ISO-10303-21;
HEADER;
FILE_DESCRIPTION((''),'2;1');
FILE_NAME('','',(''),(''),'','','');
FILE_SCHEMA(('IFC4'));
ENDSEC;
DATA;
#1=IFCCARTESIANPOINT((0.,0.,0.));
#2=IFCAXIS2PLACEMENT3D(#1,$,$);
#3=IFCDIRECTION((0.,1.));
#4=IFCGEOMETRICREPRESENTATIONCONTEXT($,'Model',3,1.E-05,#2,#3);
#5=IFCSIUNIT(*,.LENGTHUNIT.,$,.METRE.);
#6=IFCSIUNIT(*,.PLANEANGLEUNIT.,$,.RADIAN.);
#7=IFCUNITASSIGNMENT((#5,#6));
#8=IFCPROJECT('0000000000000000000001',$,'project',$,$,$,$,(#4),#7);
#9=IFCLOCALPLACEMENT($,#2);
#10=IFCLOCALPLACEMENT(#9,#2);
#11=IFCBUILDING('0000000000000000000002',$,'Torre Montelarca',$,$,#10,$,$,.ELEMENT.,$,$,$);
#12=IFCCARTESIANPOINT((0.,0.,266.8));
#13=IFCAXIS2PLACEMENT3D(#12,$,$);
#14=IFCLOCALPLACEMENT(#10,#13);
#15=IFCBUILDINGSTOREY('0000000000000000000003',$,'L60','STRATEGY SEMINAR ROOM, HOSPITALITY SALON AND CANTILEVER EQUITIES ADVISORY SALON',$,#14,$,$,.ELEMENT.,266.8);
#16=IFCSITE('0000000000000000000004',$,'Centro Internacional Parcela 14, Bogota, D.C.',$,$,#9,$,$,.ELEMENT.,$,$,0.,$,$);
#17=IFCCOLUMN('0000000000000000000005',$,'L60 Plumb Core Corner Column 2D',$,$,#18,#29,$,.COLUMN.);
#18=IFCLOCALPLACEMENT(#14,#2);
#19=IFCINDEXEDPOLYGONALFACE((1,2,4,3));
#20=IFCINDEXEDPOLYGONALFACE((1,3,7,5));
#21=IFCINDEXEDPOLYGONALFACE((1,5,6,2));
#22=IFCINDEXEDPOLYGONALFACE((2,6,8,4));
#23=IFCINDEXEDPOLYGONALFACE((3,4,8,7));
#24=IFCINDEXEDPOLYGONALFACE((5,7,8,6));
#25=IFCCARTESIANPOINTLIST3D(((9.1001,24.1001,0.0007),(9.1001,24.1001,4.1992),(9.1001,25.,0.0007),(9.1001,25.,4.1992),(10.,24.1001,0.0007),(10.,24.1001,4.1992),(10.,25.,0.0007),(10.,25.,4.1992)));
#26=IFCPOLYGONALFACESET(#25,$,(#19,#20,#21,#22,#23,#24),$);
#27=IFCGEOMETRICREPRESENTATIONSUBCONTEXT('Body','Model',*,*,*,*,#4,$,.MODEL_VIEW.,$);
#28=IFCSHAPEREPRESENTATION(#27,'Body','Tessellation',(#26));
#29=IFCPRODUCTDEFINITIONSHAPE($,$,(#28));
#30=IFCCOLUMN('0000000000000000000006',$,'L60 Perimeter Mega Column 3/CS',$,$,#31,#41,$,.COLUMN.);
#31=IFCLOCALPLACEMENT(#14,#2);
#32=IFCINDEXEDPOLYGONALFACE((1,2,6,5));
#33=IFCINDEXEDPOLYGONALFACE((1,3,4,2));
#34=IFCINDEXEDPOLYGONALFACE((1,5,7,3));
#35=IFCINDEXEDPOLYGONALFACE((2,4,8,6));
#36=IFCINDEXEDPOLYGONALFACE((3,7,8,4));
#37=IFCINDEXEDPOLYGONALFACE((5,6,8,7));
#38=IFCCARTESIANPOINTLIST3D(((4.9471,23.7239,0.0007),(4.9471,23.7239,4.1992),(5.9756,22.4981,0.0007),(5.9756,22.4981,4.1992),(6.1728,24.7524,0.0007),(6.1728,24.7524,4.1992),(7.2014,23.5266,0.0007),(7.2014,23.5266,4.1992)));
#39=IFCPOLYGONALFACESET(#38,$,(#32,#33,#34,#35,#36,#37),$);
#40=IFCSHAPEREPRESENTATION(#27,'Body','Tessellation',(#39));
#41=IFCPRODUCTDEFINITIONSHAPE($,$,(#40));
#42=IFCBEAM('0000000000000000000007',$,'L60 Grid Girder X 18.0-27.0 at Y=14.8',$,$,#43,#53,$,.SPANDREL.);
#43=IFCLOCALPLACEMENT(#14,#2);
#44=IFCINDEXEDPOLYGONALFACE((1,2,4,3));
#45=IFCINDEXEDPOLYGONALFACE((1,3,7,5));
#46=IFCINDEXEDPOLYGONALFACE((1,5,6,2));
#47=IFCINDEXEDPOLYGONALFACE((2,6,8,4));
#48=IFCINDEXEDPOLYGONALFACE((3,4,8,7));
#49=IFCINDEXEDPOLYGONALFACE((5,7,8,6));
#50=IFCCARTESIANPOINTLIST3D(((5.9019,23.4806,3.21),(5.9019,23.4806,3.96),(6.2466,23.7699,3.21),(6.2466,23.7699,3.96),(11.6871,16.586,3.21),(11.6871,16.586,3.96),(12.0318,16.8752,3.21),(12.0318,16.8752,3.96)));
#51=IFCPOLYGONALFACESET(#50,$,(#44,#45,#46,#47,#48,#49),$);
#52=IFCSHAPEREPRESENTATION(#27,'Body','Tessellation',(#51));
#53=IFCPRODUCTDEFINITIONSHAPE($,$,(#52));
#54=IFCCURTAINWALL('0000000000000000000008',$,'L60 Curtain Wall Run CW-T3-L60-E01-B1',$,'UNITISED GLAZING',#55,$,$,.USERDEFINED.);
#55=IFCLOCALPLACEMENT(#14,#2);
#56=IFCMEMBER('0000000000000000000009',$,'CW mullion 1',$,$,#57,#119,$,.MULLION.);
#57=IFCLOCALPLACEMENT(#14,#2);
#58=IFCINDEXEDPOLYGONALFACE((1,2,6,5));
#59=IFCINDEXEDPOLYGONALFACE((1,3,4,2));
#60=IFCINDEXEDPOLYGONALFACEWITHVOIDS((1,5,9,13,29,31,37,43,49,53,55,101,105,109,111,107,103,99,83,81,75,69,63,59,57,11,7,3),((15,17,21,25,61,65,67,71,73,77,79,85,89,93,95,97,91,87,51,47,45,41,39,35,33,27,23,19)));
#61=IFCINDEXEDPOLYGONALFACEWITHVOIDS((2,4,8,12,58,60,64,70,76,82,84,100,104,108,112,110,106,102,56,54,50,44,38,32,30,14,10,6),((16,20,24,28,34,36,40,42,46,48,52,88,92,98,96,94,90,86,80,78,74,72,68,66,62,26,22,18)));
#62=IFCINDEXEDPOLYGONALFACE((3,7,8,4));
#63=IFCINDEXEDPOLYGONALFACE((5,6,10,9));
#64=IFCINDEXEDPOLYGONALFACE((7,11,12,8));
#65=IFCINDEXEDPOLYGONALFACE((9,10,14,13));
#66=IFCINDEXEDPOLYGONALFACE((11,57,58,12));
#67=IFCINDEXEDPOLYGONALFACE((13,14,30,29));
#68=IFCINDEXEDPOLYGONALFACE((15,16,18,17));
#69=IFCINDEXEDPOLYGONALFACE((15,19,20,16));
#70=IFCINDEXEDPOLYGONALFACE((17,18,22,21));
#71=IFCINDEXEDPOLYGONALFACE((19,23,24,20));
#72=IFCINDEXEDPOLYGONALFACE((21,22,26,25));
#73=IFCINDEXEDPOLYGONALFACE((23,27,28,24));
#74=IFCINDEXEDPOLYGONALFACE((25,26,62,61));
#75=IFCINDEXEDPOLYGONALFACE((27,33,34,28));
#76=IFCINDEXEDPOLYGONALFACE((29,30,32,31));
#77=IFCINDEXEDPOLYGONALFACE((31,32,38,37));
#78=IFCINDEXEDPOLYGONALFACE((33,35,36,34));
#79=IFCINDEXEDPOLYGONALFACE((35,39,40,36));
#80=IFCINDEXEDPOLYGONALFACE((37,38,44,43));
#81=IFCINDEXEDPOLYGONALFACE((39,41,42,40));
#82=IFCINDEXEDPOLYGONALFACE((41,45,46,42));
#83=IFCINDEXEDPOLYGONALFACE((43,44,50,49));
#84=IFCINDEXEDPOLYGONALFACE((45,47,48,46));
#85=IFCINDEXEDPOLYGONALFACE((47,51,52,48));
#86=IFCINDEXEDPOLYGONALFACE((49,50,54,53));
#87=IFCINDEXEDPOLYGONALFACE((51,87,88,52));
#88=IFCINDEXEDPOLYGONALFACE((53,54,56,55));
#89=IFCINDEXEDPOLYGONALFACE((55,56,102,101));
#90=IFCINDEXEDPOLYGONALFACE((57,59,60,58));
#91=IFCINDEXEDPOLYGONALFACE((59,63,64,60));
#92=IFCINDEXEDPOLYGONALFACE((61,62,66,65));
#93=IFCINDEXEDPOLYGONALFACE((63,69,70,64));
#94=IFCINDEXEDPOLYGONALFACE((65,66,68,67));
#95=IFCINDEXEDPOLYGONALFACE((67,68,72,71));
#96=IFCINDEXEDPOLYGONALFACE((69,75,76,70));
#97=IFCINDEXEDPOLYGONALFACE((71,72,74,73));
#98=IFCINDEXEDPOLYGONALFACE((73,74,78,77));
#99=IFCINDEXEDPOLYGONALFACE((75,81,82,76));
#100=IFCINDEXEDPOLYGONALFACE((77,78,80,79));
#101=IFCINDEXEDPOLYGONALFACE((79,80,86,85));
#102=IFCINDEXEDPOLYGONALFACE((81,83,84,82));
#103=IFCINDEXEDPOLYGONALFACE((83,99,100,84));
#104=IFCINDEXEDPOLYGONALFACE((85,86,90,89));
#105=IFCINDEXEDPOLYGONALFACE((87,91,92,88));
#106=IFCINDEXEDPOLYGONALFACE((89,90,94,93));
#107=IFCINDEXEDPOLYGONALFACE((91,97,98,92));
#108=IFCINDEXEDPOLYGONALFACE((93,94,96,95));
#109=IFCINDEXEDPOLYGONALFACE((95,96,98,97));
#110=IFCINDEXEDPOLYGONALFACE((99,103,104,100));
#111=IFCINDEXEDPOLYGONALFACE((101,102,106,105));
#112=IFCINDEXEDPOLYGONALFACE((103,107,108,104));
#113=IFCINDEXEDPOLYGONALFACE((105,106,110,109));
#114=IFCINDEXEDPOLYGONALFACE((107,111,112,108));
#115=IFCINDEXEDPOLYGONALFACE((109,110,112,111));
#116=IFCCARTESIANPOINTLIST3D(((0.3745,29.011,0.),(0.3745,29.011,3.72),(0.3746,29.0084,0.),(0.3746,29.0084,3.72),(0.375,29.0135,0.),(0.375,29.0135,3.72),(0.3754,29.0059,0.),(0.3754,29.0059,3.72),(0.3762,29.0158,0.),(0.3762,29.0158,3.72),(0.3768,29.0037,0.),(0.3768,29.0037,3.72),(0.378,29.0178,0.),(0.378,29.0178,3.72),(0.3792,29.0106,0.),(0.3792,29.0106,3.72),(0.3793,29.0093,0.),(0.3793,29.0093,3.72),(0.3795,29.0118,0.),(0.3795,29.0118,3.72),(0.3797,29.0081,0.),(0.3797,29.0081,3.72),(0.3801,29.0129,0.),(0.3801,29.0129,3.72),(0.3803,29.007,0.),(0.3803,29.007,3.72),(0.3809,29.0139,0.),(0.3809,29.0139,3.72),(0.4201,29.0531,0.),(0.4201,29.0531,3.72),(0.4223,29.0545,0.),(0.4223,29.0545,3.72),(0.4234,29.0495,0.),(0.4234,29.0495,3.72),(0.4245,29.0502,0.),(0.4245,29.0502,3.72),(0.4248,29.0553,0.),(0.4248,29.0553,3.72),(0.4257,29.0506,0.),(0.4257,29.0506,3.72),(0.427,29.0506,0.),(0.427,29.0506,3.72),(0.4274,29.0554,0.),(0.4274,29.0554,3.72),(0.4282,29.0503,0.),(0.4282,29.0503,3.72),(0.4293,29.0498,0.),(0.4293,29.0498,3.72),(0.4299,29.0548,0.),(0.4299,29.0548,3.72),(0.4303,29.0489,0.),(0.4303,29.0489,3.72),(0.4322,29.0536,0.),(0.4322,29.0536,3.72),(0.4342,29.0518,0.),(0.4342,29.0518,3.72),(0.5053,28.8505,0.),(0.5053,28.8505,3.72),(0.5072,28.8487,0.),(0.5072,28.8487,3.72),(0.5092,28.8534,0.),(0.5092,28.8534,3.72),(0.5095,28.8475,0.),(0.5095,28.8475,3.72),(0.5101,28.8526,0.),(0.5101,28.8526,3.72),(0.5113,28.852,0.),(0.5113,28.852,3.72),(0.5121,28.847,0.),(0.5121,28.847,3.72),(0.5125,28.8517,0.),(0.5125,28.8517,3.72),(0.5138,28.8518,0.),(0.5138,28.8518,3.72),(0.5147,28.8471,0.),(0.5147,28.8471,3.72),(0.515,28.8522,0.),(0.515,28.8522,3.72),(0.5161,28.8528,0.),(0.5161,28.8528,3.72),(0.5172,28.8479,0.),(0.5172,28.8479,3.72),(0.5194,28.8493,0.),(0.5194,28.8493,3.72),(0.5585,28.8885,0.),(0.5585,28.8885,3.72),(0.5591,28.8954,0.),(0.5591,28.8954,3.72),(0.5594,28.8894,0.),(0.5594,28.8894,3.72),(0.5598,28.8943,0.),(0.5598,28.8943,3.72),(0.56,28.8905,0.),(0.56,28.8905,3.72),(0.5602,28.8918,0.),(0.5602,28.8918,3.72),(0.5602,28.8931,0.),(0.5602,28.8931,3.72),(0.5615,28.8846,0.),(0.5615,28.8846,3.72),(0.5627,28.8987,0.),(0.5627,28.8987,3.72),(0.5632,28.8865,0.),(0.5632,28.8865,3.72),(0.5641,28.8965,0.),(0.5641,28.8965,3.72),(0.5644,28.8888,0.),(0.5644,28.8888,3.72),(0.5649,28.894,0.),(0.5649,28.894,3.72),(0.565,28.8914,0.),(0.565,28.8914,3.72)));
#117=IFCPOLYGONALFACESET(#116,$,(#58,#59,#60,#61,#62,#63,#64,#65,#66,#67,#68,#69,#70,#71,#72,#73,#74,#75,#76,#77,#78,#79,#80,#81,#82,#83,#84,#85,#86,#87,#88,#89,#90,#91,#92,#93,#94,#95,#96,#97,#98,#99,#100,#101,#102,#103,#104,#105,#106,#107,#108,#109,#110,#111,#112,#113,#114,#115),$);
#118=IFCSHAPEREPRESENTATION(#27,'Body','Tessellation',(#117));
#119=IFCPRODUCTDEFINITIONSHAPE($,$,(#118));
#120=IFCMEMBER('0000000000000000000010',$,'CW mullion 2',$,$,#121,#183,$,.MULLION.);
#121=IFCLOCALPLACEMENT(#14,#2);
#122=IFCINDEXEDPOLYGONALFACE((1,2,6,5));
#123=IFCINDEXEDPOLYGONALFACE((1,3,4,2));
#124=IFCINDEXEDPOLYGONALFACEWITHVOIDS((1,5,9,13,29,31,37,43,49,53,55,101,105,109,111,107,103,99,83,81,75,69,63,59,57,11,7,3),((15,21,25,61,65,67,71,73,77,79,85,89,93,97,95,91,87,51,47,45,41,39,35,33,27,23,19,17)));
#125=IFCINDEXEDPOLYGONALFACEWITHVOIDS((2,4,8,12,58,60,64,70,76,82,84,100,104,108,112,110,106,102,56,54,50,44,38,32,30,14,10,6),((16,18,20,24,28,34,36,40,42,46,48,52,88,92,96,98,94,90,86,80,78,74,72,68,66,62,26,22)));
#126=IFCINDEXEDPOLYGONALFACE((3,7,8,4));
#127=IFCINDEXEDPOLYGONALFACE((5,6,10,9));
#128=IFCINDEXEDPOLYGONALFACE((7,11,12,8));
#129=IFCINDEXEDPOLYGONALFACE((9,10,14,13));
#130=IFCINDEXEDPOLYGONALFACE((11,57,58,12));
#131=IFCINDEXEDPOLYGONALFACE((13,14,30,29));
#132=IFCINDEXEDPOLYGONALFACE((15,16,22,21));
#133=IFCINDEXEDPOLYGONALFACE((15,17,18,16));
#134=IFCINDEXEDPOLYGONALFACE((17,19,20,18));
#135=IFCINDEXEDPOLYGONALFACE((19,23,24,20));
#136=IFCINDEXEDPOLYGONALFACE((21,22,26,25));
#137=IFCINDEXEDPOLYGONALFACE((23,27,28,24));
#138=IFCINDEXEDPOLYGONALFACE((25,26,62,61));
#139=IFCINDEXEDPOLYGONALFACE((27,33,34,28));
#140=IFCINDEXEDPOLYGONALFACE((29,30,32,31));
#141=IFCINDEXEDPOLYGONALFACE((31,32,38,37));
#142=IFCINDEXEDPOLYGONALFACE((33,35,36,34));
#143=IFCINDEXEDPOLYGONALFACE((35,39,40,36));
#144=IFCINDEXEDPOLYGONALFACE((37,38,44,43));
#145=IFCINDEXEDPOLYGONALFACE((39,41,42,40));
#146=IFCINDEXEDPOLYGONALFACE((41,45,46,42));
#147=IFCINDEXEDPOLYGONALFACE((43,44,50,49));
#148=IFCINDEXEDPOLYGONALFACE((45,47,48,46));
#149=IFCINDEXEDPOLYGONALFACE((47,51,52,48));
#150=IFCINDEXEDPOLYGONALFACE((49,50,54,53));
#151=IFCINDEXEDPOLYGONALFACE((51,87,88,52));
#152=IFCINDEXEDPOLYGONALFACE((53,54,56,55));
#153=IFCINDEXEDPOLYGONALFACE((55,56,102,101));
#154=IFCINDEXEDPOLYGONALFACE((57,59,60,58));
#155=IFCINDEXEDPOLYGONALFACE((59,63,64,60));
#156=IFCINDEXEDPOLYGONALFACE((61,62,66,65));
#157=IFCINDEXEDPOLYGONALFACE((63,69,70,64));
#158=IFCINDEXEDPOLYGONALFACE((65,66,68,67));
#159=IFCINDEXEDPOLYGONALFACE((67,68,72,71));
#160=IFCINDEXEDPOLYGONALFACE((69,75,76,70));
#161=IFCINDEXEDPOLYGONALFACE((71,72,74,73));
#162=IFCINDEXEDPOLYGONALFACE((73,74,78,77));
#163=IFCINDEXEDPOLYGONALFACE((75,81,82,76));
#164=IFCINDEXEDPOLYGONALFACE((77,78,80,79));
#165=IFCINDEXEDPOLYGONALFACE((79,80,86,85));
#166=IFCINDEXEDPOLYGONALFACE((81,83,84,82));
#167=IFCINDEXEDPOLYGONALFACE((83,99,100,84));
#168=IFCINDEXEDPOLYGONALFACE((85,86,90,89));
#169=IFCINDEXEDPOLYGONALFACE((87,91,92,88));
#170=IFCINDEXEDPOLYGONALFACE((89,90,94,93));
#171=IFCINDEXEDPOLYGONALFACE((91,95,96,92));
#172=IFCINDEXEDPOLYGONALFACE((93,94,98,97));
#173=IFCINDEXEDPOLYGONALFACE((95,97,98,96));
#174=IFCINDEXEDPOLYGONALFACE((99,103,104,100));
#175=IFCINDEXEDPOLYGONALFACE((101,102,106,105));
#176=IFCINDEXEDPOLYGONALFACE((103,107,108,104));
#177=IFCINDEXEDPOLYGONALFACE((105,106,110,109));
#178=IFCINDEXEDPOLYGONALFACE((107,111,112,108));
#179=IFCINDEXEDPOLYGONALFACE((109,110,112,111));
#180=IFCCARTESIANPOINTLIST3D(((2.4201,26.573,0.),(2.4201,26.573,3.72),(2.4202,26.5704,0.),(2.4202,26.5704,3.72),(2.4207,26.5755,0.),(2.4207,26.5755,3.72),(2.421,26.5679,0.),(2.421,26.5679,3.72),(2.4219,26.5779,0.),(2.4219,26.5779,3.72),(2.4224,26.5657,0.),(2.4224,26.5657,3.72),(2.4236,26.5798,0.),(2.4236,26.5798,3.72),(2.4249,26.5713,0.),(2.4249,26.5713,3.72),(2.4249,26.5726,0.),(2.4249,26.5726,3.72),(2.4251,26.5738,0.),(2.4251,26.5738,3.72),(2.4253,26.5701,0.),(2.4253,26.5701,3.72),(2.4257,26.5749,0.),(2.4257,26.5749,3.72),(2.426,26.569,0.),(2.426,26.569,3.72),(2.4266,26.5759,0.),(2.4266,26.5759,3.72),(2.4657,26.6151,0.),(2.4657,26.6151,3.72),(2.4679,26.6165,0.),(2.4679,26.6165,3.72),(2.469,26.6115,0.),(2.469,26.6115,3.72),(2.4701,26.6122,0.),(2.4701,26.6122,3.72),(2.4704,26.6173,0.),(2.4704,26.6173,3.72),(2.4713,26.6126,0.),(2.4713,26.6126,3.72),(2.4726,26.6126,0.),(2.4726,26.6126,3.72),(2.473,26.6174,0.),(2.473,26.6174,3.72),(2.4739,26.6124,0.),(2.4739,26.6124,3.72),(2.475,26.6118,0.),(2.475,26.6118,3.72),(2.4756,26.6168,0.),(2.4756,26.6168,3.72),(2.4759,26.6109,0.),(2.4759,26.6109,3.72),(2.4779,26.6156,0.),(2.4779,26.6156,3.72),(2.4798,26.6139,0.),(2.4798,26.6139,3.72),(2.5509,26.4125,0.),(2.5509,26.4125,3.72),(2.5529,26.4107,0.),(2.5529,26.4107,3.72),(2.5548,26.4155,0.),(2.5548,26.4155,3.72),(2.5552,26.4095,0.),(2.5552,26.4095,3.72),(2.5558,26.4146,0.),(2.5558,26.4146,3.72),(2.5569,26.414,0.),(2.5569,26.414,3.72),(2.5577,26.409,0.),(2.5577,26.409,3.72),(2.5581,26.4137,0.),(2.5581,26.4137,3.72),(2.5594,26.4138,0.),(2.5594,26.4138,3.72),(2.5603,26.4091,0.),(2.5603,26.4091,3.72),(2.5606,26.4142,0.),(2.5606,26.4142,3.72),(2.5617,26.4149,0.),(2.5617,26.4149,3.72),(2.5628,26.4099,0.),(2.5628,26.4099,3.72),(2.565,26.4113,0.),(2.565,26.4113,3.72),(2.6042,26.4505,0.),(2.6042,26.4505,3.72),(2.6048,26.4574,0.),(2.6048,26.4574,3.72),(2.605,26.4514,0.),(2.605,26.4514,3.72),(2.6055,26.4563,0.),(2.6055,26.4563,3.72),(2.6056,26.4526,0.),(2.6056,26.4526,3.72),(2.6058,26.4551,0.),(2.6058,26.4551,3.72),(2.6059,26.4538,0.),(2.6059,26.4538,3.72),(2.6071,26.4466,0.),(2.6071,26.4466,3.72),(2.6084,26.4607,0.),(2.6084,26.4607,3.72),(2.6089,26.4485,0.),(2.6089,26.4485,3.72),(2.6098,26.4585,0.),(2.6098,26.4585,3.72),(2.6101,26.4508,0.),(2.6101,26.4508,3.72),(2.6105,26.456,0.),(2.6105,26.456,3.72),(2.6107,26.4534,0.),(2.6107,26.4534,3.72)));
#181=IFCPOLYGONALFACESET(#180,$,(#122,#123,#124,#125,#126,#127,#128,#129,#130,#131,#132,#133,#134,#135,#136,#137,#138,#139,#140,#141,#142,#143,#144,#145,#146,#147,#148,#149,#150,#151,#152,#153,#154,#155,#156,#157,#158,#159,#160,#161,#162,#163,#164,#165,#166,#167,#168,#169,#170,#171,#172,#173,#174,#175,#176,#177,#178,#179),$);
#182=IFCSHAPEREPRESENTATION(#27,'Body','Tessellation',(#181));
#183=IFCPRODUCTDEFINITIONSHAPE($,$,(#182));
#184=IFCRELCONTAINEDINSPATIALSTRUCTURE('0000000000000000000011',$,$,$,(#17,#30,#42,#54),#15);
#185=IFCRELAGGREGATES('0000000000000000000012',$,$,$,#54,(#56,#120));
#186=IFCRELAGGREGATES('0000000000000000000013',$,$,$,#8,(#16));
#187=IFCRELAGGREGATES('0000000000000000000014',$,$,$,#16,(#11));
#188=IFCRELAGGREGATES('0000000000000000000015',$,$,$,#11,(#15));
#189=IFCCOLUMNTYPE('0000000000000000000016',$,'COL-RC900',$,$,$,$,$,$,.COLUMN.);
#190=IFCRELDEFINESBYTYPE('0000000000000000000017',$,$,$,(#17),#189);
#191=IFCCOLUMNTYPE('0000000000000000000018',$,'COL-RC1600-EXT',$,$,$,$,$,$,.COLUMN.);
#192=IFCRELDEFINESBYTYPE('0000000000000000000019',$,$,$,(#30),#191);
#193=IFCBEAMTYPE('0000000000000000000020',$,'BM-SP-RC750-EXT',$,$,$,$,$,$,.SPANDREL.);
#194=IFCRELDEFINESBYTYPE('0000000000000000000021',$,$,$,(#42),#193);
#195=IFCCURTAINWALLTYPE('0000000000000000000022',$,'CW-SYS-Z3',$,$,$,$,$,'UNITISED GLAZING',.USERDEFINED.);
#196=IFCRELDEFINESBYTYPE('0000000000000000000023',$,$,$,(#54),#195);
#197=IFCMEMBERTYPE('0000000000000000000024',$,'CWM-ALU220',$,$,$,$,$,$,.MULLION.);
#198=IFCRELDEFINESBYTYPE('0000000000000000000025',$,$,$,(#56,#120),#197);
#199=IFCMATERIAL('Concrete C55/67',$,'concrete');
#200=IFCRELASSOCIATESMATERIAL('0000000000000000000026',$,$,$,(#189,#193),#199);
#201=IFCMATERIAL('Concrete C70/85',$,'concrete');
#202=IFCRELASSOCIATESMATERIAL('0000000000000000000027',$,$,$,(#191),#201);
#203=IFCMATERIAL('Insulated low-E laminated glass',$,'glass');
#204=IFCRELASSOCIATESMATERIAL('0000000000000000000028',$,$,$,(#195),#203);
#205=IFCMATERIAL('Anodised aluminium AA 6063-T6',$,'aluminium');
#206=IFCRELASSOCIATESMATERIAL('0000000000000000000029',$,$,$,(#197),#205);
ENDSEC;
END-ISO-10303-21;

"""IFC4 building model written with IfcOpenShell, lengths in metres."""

from ifc_helpers import new_model, si_unit, direction, frame, origin, origin_2d, place, context, subcontext, project, spatial, rectangle, hollow_rectangle, extrude, source, transform, mapped, material, material_profile, profile_set, type_object, element, aggregate, save


model = new_model("IFC4")

# Units and contexts
model_context = context("Model", 3, precision=1e-05, world=origin(), true_north=direction((0.0, 1.0)))
body_context = subcontext(model_context, "Body", "Model", "MODEL_VIEW")
ifc_project = project(units=[si_unit("LENGTHUNIT", "METRE"), si_unit("PLANEANGLEUNIT", "RADIAN")], contexts=[model_context])

# Site, building, storey
site_placement = place(None, origin())
site = spatial("IfcSite", under=ifc_project, at=site_placement, Name="Centro Internacional Parcela 14, Bogota, D.C.", CompositionType="ELEMENT", RefElevation=0.0)
building_placement = place(site_placement, origin())
building = spatial("IfcBuilding", under=site, at=building_placement, Name="Torre Montelarca", CompositionType="ELEMENT")
storey_placement = place(building_placement, frame((0.0, 0.0, 266.8)))
storey = spatial("IfcBuildingStorey", under=building, at=storey_placement, Name="L60", Description="STRATEGY SEMINAR ROOM, HOSPITALITY SALON AND CANTILEVER EQUITIES ADVISORY SALON", CompositionType="ELEMENT", Elevation=266.8)

# Columns
ifc_material_1 = material(Name="Concrete C55/67", Category="concrete")
ifc_material_profile_1 = material_profile(ifc_material_1, rectangle(XDim=0.8999, YDim=0.8999, at=origin_2d()), Name="RC900X900", Category="concrete")
ifc_profile_set_1 = profile_set([ifc_material_profile_1], Name="Concrete C55/67")
column_type_1 = type_object("IfcColumnType", Name="COL-RC900", PredefinedType="COLUMN", material=ifc_profile_set_1)
shared_shape_1 = source(origin(), body_context, "Body", "SweptSolid", [
    extrude(rectangle(XDim=0.8999, YDim=0.8999, at=origin_2d()), origin(), (0.0, 0.0, 1.0), 4.1985),
])
column_1_placement = place(storey_placement, frame((9.55, 24.55, 0.0007), z_axis=(0.0, 0.0, 1.0), x_axis=(1.0, 0.0, 0.0)))
element("IfcColumn", 1, at=column_1_placement, inside=storey, type_object=column_type_1, Name="L60 Plumb Core Corner Column 2D", PredefinedType="COLUMN", context=body_context, shape_type="MappedRepresentation", body=[
    mapped(shared_shape_1, transform((0.0, 0.0, 0.0), scale=1.0)),
])
ifc_material_2 = material(Name="Concrete C70/85", Category="concrete")
ifc_material_profile_2 = material_profile(ifc_material_2, rectangle(XDim=1.6001, YDim=1.6001, at=origin_2d()), Name="RC1600X1600", Category="concrete")
ifc_profile_set_2 = profile_set([ifc_material_profile_2], Name="Concrete C70/85")
column_type_2 = type_object("IfcColumnType", Name="COL-RC1600-EXT", PredefinedType="COLUMN", material=ifc_profile_set_2)
shared_shape_2 = source(origin(), body_context, "Body", "SweptSolid", [
    extrude(rectangle(XDim=1.6001, YDim=1.6001, at=origin_2d()), origin(), (0.0, 0.0, 1.0), 4.1985),
])
column_2_placement = place(storey_placement, frame((6.0742, 23.6252, 0.0007), z_axis=(0.0, 0.0, 1.0), x_axis=(-0.642788, 0.766044, 0.0)))
element("IfcColumn", 2, at=column_2_placement, inside=storey, type_object=column_type_2, Name="L60 Perimeter Mega Column 3/CS", PredefinedType="COLUMN", context=body_context, shape_type="MappedRepresentation", body=[
    mapped(shared_shape_2, transform((0.0, 0.0, 0.0), scale=1.0)),
])

# Beam
ifc_material_profile_3 = material_profile(ifc_material_1, rectangle(XDim=0.45, YDim=0.75, at=origin_2d()), Name="RCB450X750", Category="concrete")
ifc_profile_set_3 = profile_set([ifc_material_profile_3], Name="Concrete C55/67")
beam_type = type_object("IfcBeamType", Name="BM-SP-RC750-EXT", PredefinedType="SPANDREL", material=ifc_profile_set_3)
shared_shape_3 = source(origin(), body_context, "Body", "SweptSolid", [
    extrude(rectangle(XDim=0.45, YDim=0.75, at=origin_2d()), origin(), (0.0, 0.0, 1.0), 9.0002),
])
beam_placement = place(storey_placement, frame((6.0742, 23.6252, 3.585), z_axis=(0.642785, -0.766047, 0.0), x_axis=(0.766047, 0.642785, 0.0)))
element("IfcBeam", 3, at=beam_placement, inside=storey, type_object=beam_type, Name="L60 Grid Girder X 18.0-27.0 at Y=14.8", PredefinedType="SPANDREL", context=body_context, shape_type="MappedRepresentation", body=[
    mapped(shared_shape_3, transform((0.0, 0.0, 0.0), scale=1.0)),
])

# Curtain wall, members
ifc_material_3 = material(Name="Insulated low-E laminated glass", Category="glass")
curtain_wall_type = type_object("IfcCurtainWallType", Name="CW-SYS-Z3", ElementType="UNITISED GLAZING", PredefinedType="USERDEFINED", material=ifc_material_3)
curtain_wall_1_placement = place(storey_placement, origin())
curtain_wall_1 = element("IfcCurtainWall", 4, at=curtain_wall_1_placement, inside=storey, type_object=curtain_wall_type, Name="L60 Curtain Wall Run CW-T3-L60-E01-B1", ObjectType="UNITISED GLAZING", PredefinedType="USERDEFINED")
ifc_material_4 = material(Name="Anodised aluminium AA 6063-T6", Category="aluminium")
ifc_material_profile_4 = material_profile(ifc_material_4, hollow_rectangle(XDim=0.075, YDim=0.22, WallThickness=0.0049, InnerFilletRadius=0.0049, OuterFilletRadius=0.01, at=origin_2d()), Name="ALU75X220X5", Category="aluminium")
ifc_profile_set_4 = profile_set([ifc_material_profile_4], Name="Anodised aluminium AA 6063-T6")
member_type_1 = type_object("IfcMemberType", Name="CWM-ALU220", PredefinedType="MULLION", material=ifc_profile_set_4)
shared_shape_4 = source(origin(), body_context, "Body", "SweptSolid", [
    extrude(hollow_rectangle(XDim=0.075, YDim=0.22, WallThickness=0.0049, InnerFilletRadius=0.0049, OuterFilletRadius=0.01, at=origin_2d()), origin(), (0.0, 0.0, 1.0), 3.72),
])
member_1_placement = place(storey_placement, frame((0.4697, 28.9512, 0.0), z_axis=(0.0, 0.0, 1.0), x_axis=(0.766039, 0.642794, 0.0)))
member_1 = element("IfcMember", 5, at=member_1_placement, type_object=member_type_1, Name="CW mullion 1", PredefinedType="MULLION", context=body_context, shape_type="MappedRepresentation", body=[
    mapped(shared_shape_4, transform((0.0, 0.0, 0.0), scale=1.0)),
])
member_2_placement = place(storey_placement, frame((2.5154, 26.5132, 0.0), z_axis=(0.0, 0.0, 1.0), x_axis=(0.766039, 0.642794, 0.0)))
member_2 = element("IfcMember", 6, at=member_2_placement, type_object=member_type_1, Name="CW mullion 2", PredefinedType="MULLION", context=body_context, shape_type="MappedRepresentation", body=[
    mapped(shared_shape_4, transform((0.0, 0.0, 0.0), scale=1.0)),
])

aggregate(curtain_wall_1, [member_1, member_2])

save(model, "model.ifc")
